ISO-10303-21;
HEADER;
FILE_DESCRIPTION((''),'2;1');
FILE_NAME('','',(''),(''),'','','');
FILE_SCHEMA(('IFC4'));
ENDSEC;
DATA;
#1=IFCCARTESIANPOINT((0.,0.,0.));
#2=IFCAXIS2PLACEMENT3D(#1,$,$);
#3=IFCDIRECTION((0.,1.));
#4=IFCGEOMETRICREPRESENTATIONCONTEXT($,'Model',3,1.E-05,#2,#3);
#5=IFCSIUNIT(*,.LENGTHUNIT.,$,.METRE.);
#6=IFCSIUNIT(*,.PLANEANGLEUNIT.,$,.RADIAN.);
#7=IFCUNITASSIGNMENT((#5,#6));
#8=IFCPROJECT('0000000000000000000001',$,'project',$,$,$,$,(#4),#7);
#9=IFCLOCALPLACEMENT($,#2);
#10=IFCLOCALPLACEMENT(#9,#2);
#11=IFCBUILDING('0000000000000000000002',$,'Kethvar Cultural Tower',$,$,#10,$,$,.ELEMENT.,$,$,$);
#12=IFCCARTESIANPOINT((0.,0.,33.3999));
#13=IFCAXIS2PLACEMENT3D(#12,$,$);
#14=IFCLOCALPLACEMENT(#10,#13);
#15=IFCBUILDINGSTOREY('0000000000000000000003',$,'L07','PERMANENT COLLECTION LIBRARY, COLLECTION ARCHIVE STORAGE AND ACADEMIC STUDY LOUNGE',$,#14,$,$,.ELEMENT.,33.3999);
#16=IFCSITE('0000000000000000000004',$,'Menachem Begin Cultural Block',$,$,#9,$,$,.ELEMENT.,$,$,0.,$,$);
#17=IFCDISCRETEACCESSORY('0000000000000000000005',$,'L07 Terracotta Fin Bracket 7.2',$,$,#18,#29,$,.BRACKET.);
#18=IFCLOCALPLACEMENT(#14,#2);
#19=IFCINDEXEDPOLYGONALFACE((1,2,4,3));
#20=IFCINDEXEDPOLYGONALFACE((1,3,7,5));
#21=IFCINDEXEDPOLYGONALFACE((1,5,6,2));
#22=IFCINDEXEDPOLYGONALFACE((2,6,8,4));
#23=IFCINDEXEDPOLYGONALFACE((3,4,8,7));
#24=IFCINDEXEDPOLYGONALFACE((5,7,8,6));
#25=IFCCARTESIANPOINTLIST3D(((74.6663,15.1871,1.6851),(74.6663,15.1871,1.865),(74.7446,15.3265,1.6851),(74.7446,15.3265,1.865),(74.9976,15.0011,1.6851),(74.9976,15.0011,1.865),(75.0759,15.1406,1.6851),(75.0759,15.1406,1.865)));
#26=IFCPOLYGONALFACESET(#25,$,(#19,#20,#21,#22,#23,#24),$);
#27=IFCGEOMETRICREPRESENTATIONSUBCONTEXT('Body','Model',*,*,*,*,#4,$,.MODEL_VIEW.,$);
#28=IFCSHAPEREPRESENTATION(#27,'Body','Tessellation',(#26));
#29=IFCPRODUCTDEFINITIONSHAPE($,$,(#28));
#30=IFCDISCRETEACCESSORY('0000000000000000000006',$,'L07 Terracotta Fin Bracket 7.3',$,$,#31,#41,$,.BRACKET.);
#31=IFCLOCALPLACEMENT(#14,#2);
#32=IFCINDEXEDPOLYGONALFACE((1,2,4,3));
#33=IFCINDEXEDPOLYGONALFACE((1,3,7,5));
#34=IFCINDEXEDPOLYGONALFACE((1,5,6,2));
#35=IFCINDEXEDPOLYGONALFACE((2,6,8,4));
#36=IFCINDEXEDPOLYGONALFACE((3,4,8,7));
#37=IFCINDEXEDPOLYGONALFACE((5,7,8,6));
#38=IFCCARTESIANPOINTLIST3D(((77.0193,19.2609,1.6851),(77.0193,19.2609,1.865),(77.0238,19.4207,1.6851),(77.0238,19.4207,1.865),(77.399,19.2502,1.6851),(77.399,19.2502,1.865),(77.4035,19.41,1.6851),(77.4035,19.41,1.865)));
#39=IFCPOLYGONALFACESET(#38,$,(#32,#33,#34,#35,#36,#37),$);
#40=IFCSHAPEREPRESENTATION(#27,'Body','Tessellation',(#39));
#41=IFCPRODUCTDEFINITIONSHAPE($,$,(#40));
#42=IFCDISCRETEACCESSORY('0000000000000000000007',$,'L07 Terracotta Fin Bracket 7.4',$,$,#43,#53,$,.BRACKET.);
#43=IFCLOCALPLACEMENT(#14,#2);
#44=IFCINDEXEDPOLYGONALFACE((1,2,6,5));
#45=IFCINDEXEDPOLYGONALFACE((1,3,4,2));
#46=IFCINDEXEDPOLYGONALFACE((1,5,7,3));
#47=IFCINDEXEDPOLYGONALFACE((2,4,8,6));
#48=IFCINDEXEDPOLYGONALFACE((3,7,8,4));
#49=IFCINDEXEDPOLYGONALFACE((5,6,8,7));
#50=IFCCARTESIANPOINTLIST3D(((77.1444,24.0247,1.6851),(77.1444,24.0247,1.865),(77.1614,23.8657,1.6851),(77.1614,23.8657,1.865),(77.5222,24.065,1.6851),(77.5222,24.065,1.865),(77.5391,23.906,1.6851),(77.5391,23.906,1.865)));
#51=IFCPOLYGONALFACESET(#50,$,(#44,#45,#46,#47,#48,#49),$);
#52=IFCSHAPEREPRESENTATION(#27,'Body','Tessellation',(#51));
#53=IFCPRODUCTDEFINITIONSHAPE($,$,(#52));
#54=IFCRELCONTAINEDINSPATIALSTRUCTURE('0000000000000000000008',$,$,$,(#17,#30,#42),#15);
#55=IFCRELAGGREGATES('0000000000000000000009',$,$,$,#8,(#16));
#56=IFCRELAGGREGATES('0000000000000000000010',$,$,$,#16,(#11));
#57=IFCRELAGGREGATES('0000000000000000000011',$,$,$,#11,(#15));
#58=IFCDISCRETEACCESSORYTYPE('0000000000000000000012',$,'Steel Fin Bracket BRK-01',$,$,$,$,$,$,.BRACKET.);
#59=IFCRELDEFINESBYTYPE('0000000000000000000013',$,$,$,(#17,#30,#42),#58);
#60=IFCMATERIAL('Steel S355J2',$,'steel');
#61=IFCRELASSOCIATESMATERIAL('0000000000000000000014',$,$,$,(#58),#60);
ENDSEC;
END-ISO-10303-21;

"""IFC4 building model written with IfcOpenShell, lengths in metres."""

from ifc_helpers import new_model, si_unit, direction, frame, origin, origin_2d, place, context, subcontext, project, spatial, rectangle, extrude, source, transform, mapped, material, type_object, element, save


model = new_model("IFC4")

# Units and contexts
model_context = context("Model", 3, precision=1e-05, world=origin(), true_north=direction((0.0, 1.0)))
body_context = subcontext(model_context, "Body", "Model", "MODEL_VIEW")
ifc_project = project(units=[si_unit("LENGTHUNIT", "METRE"), si_unit("PLANEANGLEUNIT", "RADIAN")], contexts=[model_context])

# Site, building, storey
site_placement = place(None, origin())
site = spatial("IfcSite", under=ifc_project, at=site_placement, Name="Menachem Begin Cultural Block", CompositionType="ELEMENT", RefElevation=0.0)
building_placement = place(site_placement, origin())
building = spatial("IfcBuilding", under=site, at=building_placement, Name="Kethvar Cultural Tower", CompositionType="ELEMENT")
storey_placement = place(building_placement, frame((0.0, 0.0, 33.3999)))
storey = spatial("IfcBuildingStorey", under=building, at=storey_placement, Name="L07", Description="PERMANENT COLLECTION LIBRARY, COLLECTION ARCHIVE STORAGE AND ACADEMIC STUDY LOUNGE", CompositionType="ELEMENT", Elevation=33.3999)

# Shared definitions
ifc_material_1 = material(Name="Steel S355J2", Category="steel")

# Discrete accessories
discrete_accessory_type = type_object("IfcDiscreteAccessoryType", Name="Steel Fin Bracket BRK-01", PredefinedType="BRACKET", material=ifc_material_1)
shared_shape_1 = source(origin(), body_context, "Body", "SweptSolid", [
    extrude(rectangle(XDim=0.3799, YDim=0.1599, at=origin_2d()), origin(), (0.0, 0.0, 1.0), 0.1799),
])
for number, where, z_axis, x_axis, name in (
    (1, (74.8711, 15.1638, 1.6851), (0.0, 0.0, 1.0), (0.871984, -0.489535, 0.0), "L07 Terracotta Fin Bracket 7.2"),
    (2, (77.2114, 19.3354, 1.6851), (0.0, 0.0, 1.0), (0.999605, -0.028096, 0.0), "L07 Terracotta Fin Bracket 7.3"),
    (3, (77.3418, 23.9653, 1.6851), (0.0, 0.0, 1.0), (0.994356, 0.106091, 0.0), "L07 Terracotta Fin Bracket 7.4"),
):
    element("IfcDiscreteAccessory", number, at=place(storey_placement, frame(where, z_axis=z_axis, x_axis=x_axis)), inside=storey, type_object=discrete_accessory_type, Name=name, PredefinedType="BRACKET", context=body_context, shape_type="MappedRepresentation", body=[
        mapped(shared_shape_1, transform((0.0, 0.0, 0.0), scale=1.0)),
    ])

save(model, "model.ifc")
